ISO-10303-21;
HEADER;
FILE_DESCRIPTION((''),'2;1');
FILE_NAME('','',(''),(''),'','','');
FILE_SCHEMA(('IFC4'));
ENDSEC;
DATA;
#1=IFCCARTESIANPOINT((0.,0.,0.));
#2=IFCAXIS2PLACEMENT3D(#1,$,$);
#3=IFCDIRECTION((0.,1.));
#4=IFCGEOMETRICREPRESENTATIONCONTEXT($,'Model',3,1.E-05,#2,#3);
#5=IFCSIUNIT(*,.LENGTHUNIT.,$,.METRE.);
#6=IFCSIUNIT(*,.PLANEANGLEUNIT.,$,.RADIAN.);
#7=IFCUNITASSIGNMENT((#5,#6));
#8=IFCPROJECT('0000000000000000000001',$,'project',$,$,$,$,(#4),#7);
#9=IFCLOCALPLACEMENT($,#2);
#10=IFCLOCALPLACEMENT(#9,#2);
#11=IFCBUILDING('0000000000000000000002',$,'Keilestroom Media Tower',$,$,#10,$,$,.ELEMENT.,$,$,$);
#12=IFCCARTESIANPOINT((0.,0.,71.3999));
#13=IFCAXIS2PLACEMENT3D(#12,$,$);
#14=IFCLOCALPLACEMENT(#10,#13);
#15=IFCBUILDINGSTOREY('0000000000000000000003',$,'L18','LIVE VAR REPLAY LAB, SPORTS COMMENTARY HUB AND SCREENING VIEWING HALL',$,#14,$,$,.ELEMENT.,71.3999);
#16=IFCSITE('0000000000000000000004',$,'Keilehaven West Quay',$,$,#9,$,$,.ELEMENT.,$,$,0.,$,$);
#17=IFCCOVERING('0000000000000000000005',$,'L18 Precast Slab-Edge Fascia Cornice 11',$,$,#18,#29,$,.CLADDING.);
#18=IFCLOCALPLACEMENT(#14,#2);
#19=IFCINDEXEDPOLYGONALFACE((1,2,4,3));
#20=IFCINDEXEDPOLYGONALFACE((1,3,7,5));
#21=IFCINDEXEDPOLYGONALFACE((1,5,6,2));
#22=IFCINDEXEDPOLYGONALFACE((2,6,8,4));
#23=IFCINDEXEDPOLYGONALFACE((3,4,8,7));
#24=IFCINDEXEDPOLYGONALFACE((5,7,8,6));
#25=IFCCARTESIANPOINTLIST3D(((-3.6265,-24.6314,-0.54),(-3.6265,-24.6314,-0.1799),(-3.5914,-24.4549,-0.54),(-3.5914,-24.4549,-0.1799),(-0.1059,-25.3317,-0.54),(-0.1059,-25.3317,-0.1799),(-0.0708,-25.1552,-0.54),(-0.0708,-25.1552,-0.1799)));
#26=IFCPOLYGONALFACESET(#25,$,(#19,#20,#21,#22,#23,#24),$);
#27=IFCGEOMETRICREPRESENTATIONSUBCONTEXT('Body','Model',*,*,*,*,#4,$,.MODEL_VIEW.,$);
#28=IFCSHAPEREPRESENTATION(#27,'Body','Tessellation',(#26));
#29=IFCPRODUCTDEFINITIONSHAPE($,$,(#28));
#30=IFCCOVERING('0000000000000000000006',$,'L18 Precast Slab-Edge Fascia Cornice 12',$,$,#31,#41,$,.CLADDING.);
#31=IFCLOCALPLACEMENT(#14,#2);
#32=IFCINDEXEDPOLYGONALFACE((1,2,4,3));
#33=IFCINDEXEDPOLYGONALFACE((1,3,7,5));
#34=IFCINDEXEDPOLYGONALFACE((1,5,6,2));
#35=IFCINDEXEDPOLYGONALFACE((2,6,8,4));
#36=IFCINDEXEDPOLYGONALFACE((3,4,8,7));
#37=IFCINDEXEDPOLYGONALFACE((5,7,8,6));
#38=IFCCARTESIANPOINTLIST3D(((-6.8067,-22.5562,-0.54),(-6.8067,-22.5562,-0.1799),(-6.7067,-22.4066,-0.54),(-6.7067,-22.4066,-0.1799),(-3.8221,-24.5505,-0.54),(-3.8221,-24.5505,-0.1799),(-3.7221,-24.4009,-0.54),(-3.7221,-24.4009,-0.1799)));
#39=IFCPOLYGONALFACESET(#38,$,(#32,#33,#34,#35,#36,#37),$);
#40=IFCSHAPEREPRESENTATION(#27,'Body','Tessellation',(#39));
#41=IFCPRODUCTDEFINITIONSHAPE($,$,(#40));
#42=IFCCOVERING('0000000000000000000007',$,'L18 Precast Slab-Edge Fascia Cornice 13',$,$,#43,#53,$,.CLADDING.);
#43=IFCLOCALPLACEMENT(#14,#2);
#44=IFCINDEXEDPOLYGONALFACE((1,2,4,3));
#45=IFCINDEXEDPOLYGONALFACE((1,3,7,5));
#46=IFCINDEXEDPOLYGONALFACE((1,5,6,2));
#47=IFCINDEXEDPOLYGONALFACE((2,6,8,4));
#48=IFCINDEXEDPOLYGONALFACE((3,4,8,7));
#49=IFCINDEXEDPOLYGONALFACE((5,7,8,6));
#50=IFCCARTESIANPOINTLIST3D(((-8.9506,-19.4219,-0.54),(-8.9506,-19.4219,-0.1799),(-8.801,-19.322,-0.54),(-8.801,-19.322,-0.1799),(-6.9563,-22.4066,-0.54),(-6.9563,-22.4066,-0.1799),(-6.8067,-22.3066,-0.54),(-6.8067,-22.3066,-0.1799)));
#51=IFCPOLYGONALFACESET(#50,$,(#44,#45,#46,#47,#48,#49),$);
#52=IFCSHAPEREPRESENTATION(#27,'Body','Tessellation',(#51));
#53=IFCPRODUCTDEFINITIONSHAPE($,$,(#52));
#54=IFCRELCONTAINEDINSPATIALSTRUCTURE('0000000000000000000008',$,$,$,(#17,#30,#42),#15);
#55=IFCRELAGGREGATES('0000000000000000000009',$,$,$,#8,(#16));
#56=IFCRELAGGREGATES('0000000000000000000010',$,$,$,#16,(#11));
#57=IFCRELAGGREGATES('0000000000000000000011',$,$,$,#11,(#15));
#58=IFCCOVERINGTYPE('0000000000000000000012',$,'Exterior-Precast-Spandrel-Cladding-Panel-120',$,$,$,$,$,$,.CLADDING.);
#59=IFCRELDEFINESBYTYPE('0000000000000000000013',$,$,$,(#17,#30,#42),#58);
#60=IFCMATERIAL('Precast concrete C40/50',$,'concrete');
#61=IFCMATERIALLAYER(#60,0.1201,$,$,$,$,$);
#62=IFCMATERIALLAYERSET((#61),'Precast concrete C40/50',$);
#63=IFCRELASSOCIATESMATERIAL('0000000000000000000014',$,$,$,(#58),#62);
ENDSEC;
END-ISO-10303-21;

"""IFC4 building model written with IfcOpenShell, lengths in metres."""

from ifc_helpers import new_model, si_unit, direction, frame, origin, origin_2d, place, context, subcontext, project, spatial, rectangle, extrude, source, transform, mapped, material, layer, layer_set, type_object, element, save


model = new_model("IFC4")

# Units and contexts
model_context = context("Model", 3, precision=1e-05, world=origin(), true_north=direction((0.0, 1.0)))
body_context = subcontext(model_context, "Body", "Model", "MODEL_VIEW")
ifc_project = project(units=[si_unit("LENGTHUNIT", "METRE"), si_unit("PLANEANGLEUNIT", "RADIAN")], contexts=[model_context])

# Site, building, storey
site_placement = place(None, origin())
site = spatial("IfcSite", under=ifc_project, at=site_placement, Name="Keilehaven West Quay", CompositionType="ELEMENT", RefElevation=0.0)
building_placement = place(site_placement, origin())
building = spatial("IfcBuilding", under=site, at=building_placement, Name="Keilestroom Media Tower", CompositionType="ELEMENT")
storey_placement = place(building_placement, frame((0.0, 0.0, 71.3999)))
storey = spatial("IfcBuildingStorey", under=building, at=storey_placement, Name="L18", Description="LIVE VAR REPLAY LAB, SPORTS COMMENTARY HUB AND SCREENING VIEWING HALL", CompositionType="ELEMENT", Elevation=71.3999)

# Shared definitions
ifc_material_1 = material(Name="Precast concrete C40/50", Category="concrete")

# Coverings
ifc_layer_1 = layer(ifc_material_1, 0.1201)
ifc_layer_set_1 = layer_set([ifc_layer_1], Name="Precast concrete C40/50")
covering_type = type_object("IfcCoveringType", Name="Exterior-Precast-Spandrel-Cladding-Panel-120", PredefinedType="CLADDING", material=ifc_layer_set_1)
shared_shape_1 = source(origin(), body_context, "Body", "SweptSolid", [
    extrude(rectangle(XDim=3.5896, YDim=0.1799, at=origin_2d()), origin(), (0.0, 0.0, 1.0), 0.3601),
])
for number, where, z_axis, x_axis, name in (
    (1, (-1.8486, -24.8933, -0.54), (0.0, 0.0, 1.0), (-0.980784, 0.195099, 0.0), "L18 Precast Slab-Edge Fascia Cornice 11"),
    (2, (-5.2644, -23.4785, -0.54), (0.0, 0.0, 1.0), (-0.831467, 0.555575, 0.0), "L18 Precast Slab-Edge Fascia Cornice 12"),
    (3, (-7.8787, -20.8643, -0.54), (0.0, 0.0, 1.0), (-0.555575, 0.831467, 0.0), "L18 Precast Slab-Edge Fascia Cornice 13"),
):
    element("IfcCovering", number, at=place(storey_placement, frame(where, z_axis=z_axis, x_axis=x_axis)), inside=storey, type_object=covering_type, Name=name, PredefinedType="CLADDING", context=body_context, shape_type="MappedRepresentation", body=[
        mapped(shared_shape_1, transform((0.0, 0.0, 0.0), x_axis=(1.0, 0.0, 0.0), y_axis=(0.0, 1.0, 0.0), z_axis=(0.0, 0.0, 1.0), scale=1.0)),
    ])

save(model, "model.ifc")
